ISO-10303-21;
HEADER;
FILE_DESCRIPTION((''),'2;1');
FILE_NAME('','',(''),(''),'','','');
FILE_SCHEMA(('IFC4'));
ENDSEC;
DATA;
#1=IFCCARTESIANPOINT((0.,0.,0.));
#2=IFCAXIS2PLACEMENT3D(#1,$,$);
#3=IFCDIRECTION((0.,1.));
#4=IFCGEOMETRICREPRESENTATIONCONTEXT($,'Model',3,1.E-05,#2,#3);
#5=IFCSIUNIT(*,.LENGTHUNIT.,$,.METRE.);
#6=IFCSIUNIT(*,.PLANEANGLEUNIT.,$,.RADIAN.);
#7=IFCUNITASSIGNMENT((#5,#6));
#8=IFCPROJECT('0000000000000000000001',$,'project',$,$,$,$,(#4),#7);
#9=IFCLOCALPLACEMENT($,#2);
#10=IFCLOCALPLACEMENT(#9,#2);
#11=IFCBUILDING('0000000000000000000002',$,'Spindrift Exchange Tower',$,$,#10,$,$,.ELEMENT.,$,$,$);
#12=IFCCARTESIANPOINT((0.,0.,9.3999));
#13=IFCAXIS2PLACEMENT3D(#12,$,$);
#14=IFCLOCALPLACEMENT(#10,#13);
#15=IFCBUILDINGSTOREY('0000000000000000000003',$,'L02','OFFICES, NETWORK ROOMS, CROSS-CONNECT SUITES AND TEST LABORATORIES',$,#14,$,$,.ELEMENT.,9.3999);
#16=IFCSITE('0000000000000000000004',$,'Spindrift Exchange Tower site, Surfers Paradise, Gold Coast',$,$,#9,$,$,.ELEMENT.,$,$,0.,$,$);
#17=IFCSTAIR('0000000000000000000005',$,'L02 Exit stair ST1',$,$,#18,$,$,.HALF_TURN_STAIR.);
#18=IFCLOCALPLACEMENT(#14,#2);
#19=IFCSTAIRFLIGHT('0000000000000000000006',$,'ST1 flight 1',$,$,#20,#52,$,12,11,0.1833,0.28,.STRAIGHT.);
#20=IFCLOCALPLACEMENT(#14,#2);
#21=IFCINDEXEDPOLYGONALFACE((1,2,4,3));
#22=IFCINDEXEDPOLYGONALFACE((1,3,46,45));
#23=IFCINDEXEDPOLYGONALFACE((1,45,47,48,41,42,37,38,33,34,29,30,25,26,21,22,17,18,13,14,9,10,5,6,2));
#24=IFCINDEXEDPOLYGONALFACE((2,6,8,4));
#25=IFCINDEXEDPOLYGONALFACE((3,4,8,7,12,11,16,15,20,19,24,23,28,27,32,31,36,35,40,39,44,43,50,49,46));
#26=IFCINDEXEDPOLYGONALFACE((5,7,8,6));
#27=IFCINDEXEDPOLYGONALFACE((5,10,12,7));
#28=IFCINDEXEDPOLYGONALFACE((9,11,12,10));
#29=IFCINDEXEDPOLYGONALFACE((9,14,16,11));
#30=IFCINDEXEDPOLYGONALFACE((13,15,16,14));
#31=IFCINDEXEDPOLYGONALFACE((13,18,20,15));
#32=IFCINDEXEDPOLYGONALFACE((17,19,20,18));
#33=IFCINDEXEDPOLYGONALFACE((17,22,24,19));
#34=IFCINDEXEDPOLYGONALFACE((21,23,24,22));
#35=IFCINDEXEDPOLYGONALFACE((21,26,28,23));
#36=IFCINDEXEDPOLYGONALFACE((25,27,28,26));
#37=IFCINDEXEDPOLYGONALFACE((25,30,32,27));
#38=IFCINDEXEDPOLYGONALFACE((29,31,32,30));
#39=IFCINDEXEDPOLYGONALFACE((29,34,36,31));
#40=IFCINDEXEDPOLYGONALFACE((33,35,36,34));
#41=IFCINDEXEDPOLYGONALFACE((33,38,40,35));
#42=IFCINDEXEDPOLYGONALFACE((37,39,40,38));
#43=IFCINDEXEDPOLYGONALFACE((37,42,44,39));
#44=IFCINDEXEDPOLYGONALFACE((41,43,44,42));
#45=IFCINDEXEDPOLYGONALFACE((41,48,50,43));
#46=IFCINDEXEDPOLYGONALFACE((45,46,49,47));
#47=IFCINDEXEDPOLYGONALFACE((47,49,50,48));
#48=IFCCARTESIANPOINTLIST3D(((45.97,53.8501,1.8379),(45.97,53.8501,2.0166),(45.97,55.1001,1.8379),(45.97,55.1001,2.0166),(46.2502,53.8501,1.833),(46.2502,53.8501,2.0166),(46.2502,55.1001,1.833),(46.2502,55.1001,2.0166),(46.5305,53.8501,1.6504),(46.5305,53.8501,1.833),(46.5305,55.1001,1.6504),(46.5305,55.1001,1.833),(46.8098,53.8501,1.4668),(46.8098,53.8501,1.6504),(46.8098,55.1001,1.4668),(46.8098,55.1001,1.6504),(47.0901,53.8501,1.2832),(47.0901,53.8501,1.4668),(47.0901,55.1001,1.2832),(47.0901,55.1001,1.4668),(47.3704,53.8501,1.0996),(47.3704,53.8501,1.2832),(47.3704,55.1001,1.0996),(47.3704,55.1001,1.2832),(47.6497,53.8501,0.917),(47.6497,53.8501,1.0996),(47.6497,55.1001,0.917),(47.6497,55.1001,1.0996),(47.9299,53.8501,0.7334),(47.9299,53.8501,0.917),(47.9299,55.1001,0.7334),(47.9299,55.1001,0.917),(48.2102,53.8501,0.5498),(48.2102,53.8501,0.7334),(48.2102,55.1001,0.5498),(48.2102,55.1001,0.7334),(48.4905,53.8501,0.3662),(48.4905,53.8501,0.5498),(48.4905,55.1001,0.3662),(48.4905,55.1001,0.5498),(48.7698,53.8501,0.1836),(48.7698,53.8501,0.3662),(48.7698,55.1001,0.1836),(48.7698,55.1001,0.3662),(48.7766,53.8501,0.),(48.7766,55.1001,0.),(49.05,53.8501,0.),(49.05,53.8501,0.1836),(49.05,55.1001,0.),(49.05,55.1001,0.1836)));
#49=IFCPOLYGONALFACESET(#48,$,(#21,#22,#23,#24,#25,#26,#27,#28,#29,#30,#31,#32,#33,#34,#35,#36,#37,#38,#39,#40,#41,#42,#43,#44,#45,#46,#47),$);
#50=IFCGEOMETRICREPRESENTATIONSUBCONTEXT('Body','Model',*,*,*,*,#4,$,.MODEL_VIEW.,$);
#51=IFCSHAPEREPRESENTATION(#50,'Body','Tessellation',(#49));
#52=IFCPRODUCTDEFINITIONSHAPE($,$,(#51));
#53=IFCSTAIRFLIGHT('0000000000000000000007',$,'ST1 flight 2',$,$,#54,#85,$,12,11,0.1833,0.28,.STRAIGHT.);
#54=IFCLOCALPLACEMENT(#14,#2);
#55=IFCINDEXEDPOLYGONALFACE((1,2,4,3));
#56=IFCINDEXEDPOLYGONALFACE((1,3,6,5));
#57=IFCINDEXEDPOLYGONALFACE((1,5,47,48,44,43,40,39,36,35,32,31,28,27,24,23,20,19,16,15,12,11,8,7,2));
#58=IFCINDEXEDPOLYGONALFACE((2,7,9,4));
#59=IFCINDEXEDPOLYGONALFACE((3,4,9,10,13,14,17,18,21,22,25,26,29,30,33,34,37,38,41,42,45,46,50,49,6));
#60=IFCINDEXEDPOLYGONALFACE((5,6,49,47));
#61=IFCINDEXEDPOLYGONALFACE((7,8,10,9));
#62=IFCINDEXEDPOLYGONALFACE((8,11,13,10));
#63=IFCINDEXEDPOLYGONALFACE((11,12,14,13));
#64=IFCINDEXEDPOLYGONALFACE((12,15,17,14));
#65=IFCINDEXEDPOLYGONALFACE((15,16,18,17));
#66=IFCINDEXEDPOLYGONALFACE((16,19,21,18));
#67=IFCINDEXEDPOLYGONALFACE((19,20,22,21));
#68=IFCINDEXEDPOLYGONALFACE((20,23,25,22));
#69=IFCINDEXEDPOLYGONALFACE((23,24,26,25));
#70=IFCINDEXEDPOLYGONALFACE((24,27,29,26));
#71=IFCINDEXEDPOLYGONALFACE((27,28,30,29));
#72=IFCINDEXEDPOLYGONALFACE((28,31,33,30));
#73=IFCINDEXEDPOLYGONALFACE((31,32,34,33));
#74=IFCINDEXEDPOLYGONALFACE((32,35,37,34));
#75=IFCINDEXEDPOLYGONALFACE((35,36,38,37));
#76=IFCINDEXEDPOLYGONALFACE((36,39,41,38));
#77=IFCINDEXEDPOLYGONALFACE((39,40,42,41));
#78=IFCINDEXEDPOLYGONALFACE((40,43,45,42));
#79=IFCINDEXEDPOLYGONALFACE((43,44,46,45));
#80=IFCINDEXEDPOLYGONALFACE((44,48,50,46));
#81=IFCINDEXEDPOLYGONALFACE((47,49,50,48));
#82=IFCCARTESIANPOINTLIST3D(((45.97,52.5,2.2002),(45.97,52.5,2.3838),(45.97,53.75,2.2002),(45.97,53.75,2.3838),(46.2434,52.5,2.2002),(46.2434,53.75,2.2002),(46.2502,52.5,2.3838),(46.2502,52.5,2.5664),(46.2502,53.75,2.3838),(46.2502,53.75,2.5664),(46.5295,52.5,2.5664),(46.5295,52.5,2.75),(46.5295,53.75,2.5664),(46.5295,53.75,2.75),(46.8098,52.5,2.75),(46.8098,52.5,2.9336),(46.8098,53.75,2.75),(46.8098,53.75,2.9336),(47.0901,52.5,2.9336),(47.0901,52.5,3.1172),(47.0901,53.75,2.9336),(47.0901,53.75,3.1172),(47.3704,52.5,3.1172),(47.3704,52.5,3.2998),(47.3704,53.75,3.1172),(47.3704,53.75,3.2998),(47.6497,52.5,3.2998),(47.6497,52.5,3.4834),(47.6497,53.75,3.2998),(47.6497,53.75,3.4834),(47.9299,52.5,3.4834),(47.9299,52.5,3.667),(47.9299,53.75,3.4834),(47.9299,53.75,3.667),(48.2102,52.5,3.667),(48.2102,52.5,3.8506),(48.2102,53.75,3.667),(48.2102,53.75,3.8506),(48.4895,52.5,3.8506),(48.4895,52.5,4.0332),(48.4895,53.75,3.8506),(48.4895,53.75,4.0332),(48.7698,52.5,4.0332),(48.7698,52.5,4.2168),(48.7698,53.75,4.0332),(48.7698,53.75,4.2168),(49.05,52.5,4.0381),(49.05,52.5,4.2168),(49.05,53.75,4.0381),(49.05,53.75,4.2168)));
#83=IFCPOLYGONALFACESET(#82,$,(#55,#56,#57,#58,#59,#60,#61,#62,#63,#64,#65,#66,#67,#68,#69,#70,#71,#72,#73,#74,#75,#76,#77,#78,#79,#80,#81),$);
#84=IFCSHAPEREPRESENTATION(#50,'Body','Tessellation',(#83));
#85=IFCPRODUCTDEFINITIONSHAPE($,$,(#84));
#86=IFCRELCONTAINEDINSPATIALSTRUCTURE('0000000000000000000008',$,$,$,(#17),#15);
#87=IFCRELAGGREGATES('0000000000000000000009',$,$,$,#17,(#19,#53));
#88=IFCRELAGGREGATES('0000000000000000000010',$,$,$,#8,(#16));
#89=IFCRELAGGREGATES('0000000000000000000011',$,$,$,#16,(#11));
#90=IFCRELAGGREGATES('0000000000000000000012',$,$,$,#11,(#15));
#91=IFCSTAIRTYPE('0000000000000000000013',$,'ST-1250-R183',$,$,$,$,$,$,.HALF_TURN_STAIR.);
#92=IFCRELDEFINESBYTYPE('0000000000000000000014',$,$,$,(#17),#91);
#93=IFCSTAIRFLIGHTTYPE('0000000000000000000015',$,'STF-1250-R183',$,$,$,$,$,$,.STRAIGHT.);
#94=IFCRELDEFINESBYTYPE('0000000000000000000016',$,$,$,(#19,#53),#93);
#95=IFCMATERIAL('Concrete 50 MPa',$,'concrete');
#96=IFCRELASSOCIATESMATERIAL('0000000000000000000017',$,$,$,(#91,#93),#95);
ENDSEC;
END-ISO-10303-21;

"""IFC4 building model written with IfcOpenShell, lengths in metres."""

from ifc_helpers import new_model, si_unit, direction, frame, origin, place, context, subcontext, project, spatial, line, indexed_curve, outline, extrude, material, type_object, element, aggregate, save


model = new_model("IFC4")

# Units and contexts
model_context = context("Model", 3, precision=1e-05, world=origin(), true_north=direction((0.0, 1.0)))
body_context = subcontext(model_context, "Body", "Model", "MODEL_VIEW")
ifc_project = project(units=[si_unit("LENGTHUNIT", "METRE"), si_unit("PLANEANGLEUNIT", "RADIAN")], contexts=[model_context])

# Site, building, storey
site_placement = place(None, origin())
site = spatial("IfcSite", under=ifc_project, at=site_placement, Name="Spindrift Exchange Tower site, Surfers Paradise, Gold Coast", CompositionType="ELEMENT", RefElevation=0.0)
building_placement = place(site_placement, origin())
building = spatial("IfcBuilding", under=site, at=building_placement, Name="Spindrift Exchange Tower", CompositionType="ELEMENT")
storey_placement = place(building_placement, frame((0.0, 0.0, 9.3999)))
storey = spatial("IfcBuildingStorey", under=building, at=storey_placement, Name="L02", Description="OFFICES, NETWORK ROOMS, CROSS-CONNECT SUITES AND TEST LABORATORIES", CompositionType="ELEMENT", Elevation=9.3999)

# Stair, stair flights
ifc_material_1 = material(Name="Concrete 50 MPa", Category="concrete")
stair_type = type_object("IfcStairType", Name="ST-1250-R183", PredefinedType="HALF_TURN_STAIR", material=ifc_material_1)
stair_placement = place(storey_placement, origin())
stair = element("IfcStair", 1, at=stair_placement, inside=storey, type_object=stair_type, Name="L02 Exit stair ST1", PredefinedType="HALF_TURN_STAIR")
stair_flight_type = type_object("IfcStairFlightType", Name="STF-1250-R183", PredefinedType="STRAIGHT", material=ifc_material_1)
stair_flight_1_placement = place(storey_placement, frame((49.05, 54.4751, 0.0), z_axis=(0.0, 0.0, 1.0), x_axis=(-1.0, 0.0, 0.0)))
stair_flight_1 = element("IfcStairFlight", 2, at=stair_flight_1_placement, type_object=stair_flight_type, Name="ST1 flight 1", NumberOfRisers=12, NumberOfTreads=11, PredefinedType="STRAIGHT", RiserHeight=0.1833, TreadLength=0.28, context=body_context, shape_type="SweptSolid", body=[
    extrude(outline(indexed_curve([(0.0, 0.0), (0.0, 0.1836), (0.2803, 0.1836), (0.2803, 0.3662), (0.5596, 0.3662), (0.5596, 0.5498), (0.8398, 0.5498), (0.8398, 0.7334), (1.1201, 0.7334), (1.1201, 0.917), (1.4004, 0.917), (1.4004, 1.0996), (1.6797, 1.0996), (1.6797, 1.2832), (1.96, 1.2832), (1.96, 1.4668), (2.2402, 1.4668), (2.2402, 1.6504), (2.5195, 1.6504), (2.5195, 1.833), (2.7998, 1.833), (2.7998, 2.0166), (3.0801, 2.0166), (3.0801, 2.2002), (3.0801, 1.8379), (0.2734, 0.0)], segments=[line(1, 2, 3, 4, 5, 6, 7, 8, 9, 10, 11, 12, 13, 14, 15, 16, 17, 18, 19, 20, 21, 22, 23, 24, 25, 26, 1)], self_intersect=False)), frame((0.0, 0.625, 0.0), z_axis=(0.0, -1.0, 0.0), x_axis=(1.0, 0.0, 0.0)), (0.0, 0.0, 1.0), 1.25),
])
stair_flight_2_placement = place(storey_placement, frame((45.97, 53.125, 2.2002), z_axis=(0.0, 0.0, 1.0), x_axis=(1.0, 0.0, 0.0)))
stair_flight_2 = element("IfcStairFlight", 3, at=stair_flight_2_placement, type_object=stair_flight_type, Name="ST1 flight 2", NumberOfRisers=12, NumberOfTreads=11, PredefinedType="STRAIGHT", RiserHeight=0.1833, TreadLength=0.28, context=body_context, shape_type="SweptSolid", body=[
    extrude(outline(indexed_curve([(0.0, 0.0), (0.0, 0.1836), (0.2803, 0.1836), (0.2803, 0.3662), (0.5596, 0.3662), (0.5596, 0.5498), (0.8398, 0.5498), (0.8398, 0.7334), (1.1201, 0.7334), (1.1201, 0.917), (1.4004, 0.917), (1.4004, 1.0996), (1.6797, 1.0996), (1.6797, 1.2832), (1.96, 1.2832), (1.96, 1.4668), (2.2402, 1.4668), (2.2402, 1.6504), (2.5195, 1.6504), (2.5195, 1.833), (2.7998, 1.833), (2.7998, 2.0166), (3.0801, 2.0166), (3.0801, 2.2002), (3.0801, 1.8379), (0.2734, 0.0)], segments=[line(1, 2, 3, 4, 5, 6, 7, 8, 9, 10, 11, 12, 13, 14, 15, 16, 17, 18, 19, 20, 21, 22, 23, 24, 25, 26, 1)], self_intersect=False)), frame((0.0, 0.625, 0.0), z_axis=(0.0, -1.0, 0.0), x_axis=(1.0, 0.0, 0.0)), (0.0, 0.0, 1.0), 1.25),
])
aggregate(stair, [stair_flight_1, stair_flight_2])

save(model, "model.ifc")
